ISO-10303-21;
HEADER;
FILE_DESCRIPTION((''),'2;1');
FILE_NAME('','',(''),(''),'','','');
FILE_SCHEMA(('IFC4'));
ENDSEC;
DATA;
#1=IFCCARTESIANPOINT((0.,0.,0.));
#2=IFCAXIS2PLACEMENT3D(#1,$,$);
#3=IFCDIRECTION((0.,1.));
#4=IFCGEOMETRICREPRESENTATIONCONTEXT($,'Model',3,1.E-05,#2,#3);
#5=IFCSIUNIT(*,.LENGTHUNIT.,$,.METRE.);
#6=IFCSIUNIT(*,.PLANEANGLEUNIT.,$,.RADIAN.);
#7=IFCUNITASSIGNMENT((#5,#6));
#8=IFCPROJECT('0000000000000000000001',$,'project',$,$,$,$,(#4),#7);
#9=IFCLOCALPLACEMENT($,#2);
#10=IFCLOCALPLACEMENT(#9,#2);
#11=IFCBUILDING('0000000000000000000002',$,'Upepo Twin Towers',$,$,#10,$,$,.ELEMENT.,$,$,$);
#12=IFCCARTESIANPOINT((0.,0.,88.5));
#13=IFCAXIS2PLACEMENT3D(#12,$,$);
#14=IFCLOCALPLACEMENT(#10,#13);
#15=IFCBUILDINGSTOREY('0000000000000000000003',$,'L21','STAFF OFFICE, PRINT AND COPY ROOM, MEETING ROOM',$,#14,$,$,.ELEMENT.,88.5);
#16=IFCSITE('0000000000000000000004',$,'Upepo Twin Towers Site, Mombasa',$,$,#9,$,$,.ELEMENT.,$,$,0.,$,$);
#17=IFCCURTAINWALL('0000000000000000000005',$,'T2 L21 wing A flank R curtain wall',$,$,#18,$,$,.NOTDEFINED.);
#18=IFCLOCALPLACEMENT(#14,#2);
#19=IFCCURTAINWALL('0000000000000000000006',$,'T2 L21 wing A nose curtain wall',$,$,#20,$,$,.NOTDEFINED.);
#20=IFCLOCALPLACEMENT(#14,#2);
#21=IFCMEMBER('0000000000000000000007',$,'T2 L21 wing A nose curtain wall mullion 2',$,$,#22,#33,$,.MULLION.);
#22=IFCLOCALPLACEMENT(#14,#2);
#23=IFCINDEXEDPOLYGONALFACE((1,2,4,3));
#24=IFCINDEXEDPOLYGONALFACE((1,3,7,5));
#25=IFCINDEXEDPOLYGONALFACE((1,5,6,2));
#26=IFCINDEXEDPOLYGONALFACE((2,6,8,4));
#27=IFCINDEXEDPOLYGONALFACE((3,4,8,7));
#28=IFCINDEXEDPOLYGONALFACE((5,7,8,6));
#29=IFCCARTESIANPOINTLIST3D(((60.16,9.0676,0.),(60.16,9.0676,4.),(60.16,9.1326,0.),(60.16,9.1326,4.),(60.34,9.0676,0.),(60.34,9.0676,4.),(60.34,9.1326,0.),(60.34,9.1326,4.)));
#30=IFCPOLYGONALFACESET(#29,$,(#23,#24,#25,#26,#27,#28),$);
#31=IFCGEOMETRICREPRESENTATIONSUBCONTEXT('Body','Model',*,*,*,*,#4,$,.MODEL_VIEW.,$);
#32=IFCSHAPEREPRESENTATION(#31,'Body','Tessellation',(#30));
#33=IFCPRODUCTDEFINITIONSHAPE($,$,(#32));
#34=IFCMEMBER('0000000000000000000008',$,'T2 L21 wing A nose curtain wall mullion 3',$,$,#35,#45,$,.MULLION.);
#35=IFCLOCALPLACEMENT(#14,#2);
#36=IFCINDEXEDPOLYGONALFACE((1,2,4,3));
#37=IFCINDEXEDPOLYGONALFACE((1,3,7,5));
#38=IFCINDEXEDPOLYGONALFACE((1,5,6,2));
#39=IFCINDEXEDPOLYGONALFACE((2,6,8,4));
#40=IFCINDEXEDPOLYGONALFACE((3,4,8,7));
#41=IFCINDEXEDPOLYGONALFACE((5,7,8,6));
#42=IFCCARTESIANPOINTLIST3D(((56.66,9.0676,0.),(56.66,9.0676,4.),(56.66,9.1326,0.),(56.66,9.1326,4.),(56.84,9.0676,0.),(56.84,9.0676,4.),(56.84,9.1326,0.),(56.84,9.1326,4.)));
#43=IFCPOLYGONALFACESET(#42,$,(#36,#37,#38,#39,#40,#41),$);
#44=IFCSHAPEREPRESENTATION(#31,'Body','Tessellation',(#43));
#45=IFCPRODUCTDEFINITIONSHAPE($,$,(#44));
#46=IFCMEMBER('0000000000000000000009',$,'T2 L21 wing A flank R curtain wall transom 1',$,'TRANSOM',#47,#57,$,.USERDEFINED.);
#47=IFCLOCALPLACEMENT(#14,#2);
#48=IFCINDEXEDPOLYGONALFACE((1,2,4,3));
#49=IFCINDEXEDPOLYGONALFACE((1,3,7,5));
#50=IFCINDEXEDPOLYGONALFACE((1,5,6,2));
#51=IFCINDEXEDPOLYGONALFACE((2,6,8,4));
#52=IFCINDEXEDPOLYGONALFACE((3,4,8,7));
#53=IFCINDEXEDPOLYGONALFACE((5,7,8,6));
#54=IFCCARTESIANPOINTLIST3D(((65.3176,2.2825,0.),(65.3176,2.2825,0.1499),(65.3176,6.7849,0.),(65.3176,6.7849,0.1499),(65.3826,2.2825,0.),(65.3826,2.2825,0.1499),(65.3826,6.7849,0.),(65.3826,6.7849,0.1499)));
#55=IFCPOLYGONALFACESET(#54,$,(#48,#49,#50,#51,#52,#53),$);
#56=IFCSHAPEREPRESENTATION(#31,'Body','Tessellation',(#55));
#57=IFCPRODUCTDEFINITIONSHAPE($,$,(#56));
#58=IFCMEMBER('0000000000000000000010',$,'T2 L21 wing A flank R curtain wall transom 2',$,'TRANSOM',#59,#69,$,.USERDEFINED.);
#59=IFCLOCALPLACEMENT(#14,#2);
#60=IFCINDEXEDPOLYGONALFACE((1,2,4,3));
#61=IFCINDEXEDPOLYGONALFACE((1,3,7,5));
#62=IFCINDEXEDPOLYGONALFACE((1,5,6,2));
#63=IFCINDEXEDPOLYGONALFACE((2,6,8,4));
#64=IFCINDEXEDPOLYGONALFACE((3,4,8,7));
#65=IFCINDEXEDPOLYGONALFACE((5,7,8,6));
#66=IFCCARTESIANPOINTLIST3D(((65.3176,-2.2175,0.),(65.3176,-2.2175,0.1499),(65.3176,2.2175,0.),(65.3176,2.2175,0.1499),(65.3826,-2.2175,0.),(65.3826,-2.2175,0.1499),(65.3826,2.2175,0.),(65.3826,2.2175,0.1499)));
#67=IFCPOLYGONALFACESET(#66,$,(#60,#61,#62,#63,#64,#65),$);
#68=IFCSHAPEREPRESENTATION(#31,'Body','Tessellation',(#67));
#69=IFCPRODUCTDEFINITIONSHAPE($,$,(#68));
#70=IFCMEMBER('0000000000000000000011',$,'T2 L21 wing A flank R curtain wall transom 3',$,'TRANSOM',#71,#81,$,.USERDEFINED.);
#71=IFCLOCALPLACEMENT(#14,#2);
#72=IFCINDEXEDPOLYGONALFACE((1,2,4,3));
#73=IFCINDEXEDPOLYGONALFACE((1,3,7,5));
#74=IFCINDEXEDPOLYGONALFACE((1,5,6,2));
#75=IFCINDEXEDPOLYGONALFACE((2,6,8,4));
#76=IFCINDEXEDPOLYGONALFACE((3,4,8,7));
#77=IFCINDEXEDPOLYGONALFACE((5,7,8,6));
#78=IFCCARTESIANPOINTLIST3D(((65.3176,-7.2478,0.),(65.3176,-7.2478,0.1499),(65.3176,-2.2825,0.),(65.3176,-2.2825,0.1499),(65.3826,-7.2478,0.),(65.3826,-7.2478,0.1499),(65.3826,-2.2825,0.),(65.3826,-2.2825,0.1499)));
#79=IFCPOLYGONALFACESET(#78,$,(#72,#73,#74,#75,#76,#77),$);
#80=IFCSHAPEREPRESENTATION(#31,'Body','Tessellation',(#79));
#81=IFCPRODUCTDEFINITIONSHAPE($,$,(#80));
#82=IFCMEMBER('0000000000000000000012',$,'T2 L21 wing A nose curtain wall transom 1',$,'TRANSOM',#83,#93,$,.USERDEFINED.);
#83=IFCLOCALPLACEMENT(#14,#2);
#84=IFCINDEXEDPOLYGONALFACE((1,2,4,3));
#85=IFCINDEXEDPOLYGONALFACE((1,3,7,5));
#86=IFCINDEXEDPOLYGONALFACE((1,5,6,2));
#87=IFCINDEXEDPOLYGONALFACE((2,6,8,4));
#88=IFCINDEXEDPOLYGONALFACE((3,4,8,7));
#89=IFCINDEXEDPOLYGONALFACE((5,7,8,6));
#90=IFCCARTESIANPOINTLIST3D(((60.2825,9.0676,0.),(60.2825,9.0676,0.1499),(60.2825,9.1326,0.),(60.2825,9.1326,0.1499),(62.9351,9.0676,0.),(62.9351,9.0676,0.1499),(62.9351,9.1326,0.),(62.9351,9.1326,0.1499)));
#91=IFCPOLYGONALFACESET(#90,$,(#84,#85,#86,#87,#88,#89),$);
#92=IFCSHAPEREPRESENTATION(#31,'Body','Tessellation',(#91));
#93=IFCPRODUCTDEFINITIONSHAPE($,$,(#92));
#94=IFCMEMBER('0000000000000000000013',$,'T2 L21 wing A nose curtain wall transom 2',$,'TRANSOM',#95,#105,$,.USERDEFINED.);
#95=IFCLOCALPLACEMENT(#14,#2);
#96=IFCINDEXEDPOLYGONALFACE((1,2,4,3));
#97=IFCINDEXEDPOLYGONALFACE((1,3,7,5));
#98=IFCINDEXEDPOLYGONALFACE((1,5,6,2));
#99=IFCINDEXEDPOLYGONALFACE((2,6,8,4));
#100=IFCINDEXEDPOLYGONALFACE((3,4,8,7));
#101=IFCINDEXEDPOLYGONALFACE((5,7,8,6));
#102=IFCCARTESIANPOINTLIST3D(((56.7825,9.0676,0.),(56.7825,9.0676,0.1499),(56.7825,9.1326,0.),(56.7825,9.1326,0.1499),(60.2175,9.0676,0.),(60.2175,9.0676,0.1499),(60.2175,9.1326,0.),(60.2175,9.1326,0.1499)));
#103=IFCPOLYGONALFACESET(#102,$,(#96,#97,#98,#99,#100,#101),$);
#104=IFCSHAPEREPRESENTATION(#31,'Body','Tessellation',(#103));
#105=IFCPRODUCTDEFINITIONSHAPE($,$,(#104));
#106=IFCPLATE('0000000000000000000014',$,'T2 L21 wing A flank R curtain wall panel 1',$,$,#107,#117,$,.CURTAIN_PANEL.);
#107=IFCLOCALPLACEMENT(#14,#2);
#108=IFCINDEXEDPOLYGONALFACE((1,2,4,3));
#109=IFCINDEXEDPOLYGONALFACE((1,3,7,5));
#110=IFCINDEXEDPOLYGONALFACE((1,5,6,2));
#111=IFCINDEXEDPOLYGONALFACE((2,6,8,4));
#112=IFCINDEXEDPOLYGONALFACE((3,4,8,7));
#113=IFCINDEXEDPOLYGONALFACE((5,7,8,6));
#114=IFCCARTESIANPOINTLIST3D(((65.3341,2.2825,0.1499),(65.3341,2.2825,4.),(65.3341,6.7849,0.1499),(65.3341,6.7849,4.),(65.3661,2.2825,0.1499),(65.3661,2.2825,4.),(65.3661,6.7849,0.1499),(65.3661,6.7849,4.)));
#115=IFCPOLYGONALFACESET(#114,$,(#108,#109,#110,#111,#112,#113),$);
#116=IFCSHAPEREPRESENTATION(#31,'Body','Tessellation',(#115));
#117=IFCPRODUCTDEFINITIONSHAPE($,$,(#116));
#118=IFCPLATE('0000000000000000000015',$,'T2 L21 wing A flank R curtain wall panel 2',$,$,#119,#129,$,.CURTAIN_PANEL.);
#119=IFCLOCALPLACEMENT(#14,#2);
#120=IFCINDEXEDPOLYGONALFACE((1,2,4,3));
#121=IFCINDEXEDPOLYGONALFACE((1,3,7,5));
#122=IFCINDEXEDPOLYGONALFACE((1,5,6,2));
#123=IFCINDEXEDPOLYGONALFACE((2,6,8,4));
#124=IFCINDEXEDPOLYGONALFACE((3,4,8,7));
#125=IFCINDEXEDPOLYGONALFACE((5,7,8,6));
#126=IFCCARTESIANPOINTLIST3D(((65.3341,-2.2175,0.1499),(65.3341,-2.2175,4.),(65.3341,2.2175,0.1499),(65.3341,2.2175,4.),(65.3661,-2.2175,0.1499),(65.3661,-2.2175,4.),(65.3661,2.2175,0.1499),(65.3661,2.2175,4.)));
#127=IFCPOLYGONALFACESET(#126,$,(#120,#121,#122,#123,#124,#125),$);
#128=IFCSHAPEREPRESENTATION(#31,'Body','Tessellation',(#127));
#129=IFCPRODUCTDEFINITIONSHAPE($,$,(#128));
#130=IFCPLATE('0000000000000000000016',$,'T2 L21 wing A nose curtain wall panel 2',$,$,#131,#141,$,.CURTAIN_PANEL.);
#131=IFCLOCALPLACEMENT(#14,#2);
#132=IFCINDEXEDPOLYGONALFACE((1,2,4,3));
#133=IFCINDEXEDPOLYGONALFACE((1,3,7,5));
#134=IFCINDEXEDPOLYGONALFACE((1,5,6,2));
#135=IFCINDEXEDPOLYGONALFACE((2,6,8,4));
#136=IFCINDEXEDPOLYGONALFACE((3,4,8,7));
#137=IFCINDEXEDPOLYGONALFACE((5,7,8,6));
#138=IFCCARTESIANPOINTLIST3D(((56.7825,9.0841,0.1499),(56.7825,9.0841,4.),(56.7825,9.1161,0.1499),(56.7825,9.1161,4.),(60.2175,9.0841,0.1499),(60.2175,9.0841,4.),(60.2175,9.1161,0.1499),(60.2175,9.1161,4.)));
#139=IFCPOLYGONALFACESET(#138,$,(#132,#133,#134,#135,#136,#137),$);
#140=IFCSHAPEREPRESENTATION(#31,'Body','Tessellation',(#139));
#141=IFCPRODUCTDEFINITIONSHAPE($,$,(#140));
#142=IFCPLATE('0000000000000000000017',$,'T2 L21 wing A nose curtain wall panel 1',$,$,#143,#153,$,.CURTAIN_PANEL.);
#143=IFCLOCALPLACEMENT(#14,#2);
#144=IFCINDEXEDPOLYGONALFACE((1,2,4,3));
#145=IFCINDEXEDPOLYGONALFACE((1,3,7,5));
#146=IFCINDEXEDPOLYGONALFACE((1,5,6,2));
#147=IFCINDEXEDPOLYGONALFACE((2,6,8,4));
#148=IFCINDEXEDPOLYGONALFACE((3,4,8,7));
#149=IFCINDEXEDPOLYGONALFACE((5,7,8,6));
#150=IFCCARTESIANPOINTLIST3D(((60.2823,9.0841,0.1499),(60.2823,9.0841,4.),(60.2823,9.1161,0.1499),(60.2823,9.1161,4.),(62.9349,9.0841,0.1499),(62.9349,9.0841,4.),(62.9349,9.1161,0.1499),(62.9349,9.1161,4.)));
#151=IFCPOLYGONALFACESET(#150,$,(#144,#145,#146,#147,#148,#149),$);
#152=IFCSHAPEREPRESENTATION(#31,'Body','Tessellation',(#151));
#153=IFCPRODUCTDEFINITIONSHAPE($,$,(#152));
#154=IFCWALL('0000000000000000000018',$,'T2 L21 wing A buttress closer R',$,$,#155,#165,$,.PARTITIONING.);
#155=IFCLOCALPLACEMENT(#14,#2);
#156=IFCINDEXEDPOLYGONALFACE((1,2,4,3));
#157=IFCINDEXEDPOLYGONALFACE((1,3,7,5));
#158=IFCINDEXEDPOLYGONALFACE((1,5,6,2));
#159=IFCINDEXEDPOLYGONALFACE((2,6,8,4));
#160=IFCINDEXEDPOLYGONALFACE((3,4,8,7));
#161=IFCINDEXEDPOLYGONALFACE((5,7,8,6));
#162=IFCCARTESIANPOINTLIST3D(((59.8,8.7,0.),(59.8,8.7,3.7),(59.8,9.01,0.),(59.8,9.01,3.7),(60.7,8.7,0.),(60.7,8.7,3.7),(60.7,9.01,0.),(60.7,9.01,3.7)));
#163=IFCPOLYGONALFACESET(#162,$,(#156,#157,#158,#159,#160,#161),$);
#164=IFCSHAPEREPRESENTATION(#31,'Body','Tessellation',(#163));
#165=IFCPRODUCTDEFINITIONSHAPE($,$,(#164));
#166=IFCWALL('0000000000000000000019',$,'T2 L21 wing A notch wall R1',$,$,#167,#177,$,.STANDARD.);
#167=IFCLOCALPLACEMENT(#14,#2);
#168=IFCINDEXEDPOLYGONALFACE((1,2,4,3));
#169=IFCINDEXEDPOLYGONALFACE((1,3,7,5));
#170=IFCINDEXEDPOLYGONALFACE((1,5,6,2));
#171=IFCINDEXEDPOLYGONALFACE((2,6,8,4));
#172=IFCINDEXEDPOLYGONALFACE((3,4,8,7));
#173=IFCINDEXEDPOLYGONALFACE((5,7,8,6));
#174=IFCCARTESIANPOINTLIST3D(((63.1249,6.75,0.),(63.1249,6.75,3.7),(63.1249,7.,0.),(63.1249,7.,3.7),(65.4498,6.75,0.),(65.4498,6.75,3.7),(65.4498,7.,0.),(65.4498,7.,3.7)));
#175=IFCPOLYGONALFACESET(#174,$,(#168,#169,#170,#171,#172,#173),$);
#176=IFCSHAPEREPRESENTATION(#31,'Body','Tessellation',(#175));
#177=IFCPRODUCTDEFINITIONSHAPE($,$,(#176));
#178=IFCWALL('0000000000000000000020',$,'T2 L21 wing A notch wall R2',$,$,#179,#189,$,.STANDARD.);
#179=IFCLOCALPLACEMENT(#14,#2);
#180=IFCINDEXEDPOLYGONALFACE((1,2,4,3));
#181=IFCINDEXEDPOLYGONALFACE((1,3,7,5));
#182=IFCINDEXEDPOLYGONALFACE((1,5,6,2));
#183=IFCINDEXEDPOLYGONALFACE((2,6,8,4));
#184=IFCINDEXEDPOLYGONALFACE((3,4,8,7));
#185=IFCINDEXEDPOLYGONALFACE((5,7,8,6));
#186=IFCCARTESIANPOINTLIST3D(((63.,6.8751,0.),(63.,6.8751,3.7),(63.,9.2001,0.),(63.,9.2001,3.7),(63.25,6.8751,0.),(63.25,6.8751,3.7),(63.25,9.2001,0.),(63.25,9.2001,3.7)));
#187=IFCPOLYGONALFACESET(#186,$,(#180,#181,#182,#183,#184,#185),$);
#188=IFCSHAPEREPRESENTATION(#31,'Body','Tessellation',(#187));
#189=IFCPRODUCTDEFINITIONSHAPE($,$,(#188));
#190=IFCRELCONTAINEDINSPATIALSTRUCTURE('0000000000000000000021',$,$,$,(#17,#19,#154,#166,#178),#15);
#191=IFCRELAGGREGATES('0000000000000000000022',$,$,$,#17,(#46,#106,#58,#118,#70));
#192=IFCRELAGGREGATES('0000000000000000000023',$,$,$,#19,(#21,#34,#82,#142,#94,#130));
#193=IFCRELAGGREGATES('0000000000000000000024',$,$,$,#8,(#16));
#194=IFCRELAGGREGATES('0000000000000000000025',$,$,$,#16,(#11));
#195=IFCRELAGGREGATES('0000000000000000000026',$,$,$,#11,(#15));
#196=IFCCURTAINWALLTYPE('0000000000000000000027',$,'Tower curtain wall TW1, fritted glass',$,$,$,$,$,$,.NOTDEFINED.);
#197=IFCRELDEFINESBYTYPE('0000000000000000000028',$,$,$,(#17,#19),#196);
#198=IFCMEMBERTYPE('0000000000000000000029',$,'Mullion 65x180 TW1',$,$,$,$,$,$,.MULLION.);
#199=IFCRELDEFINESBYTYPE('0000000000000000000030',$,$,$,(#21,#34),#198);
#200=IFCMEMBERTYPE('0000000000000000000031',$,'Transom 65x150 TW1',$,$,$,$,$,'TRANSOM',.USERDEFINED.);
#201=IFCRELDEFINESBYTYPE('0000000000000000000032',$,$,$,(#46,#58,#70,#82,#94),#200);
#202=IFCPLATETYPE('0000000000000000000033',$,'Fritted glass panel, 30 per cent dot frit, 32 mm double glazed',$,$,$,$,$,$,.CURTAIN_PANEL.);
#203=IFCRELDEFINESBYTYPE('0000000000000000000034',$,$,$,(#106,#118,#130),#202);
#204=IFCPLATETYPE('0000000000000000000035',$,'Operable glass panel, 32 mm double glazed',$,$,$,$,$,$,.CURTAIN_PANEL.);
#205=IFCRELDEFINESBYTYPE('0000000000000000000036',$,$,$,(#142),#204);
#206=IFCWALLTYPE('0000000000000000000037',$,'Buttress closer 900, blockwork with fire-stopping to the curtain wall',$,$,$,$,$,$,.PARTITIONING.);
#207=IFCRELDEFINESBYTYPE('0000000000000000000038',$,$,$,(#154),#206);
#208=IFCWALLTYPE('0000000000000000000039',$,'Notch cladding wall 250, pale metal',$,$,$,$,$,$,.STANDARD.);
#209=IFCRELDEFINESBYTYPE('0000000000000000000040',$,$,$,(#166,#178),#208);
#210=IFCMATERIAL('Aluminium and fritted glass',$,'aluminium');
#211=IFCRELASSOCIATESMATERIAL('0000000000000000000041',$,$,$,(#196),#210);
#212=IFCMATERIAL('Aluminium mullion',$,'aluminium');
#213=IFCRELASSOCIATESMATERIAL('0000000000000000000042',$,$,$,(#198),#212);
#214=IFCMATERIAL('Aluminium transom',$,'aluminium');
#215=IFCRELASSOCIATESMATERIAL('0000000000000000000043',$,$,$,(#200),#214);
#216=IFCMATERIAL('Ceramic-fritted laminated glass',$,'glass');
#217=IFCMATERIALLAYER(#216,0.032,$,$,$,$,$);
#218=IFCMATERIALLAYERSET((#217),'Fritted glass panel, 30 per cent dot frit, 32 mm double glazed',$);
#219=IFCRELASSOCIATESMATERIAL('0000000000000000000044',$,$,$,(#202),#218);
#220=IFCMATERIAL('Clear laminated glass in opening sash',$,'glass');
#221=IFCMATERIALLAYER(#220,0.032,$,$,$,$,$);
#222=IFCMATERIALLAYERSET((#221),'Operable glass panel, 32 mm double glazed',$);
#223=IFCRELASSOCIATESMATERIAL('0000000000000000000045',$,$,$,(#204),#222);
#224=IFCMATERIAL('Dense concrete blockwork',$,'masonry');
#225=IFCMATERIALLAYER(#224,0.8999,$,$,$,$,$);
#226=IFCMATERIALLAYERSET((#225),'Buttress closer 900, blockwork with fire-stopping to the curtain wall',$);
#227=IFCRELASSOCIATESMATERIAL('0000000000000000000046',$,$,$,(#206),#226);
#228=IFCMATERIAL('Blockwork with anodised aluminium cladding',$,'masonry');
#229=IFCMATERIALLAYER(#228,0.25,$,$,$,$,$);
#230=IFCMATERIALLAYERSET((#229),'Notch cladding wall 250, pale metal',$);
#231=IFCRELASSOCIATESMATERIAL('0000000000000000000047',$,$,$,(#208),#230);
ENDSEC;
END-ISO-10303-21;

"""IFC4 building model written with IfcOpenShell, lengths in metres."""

from ifc_helpers import new_model, si_unit, direction, frame, frame_2d, origin, origin_2d, place, context, subcontext, project, spatial, rectangle, extrude, material, layer, layer_set, material_profile, profile_set, type_object, element, aggregate, save


model = new_model("IFC4")

# Units and contexts
model_context = context("Model", 3, precision=1e-05, world=origin(), true_north=direction((0.0, 1.0)))
body_context = subcontext(model_context, "Body", "Model", "MODEL_VIEW")
ifc_project = project(units=[si_unit("LENGTHUNIT", "METRE"), si_unit("PLANEANGLEUNIT", "RADIAN")], contexts=[model_context])

# Site, building, storey
site_placement = place(None, origin())
site = spatial("IfcSite", under=ifc_project, at=site_placement, Name="Upepo Twin Towers Site, Mombasa", CompositionType="ELEMENT", RefElevation=0.0)
building_placement = place(site_placement, origin())
building = spatial("IfcBuilding", under=site, at=building_placement, Name="Upepo Twin Towers", CompositionType="ELEMENT")
storey_placement = place(building_placement, frame((0.0, 0.0, 88.5)))
storey = spatial("IfcBuildingStorey", under=building, at=storey_placement, Name="L21", Description="STAFF OFFICE, PRINT AND COPY ROOM, MEETING ROOM", CompositionType="ELEMENT", Elevation=88.5)

# Curtain walls, members
ifc_material_1 = material(Name="Aluminium and fritted glass", Category="aluminium")
curtain_wall_type = type_object("IfcCurtainWallType", Name="Tower curtain wall TW1, fritted glass", PredefinedType="NOTDEFINED", material=ifc_material_1)
curtain_wall_1_placement = place(storey_placement, origin())
curtain_wall_1 = element("IfcCurtainWall", 1, at=curtain_wall_1_placement, inside=storey, type_object=curtain_wall_type, Name="T2 L21 wing A flank R curtain wall", PredefinedType="NOTDEFINED")
ifc_material_2 = material(Name="Aluminium mullion", Category="aluminium")
ifc_material_profile_1 = material_profile(ifc_material_2, rectangle(XDim=0.0649, YDim=0.1799, at=origin_2d()), Name="MULLION 65x180")
ifc_profile_set_1 = profile_set([ifc_material_profile_1], Name="Aluminium mullion")
member_type_1 = type_object("IfcMemberType", Name="Mullion 65x180 TW1", PredefinedType="MULLION", material=ifc_profile_set_1)
curtain_wall_2_placement = place(storey_placement, origin())
curtain_wall_2 = element("IfcCurtainWall", 2, at=curtain_wall_2_placement, inside=storey, type_object=curtain_wall_type, Name="T2 L21 wing A nose curtain wall", PredefinedType="NOTDEFINED")
member_1_placement = place(storey_placement, frame((60.25, 9.1001, 0.0), z_axis=(0.0, 0.0, 1.0), x_axis=(0.0, -1.0, 0.0)))
member_1 = element("IfcMember", 3, at=member_1_placement, type_object=member_type_1, Name="T2 L21 wing A nose curtain wall mullion 2", PredefinedType="MULLION", context=body_context, shape_type="SweptSolid", body=[
    extrude(rectangle(XDim=0.0649, YDim=0.1799, at=origin_2d()), origin(), (0.0, 0.0, 1.0), 4.0),
])
member_2_placement = place(storey_placement, frame((56.75, 9.1001, 0.0), z_axis=(0.0, 0.0, 1.0), x_axis=(0.0, -1.0, 0.0)))
member_2 = element("IfcMember", 4, at=member_2_placement, type_object=member_type_1, Name="T2 L21 wing A nose curtain wall mullion 3", PredefinedType="MULLION", context=body_context, shape_type="SweptSolid", body=[
    extrude(rectangle(XDim=0.0649, YDim=0.1799, at=origin_2d()), origin(), (0.0, 0.0, 1.0), 4.0),
])

# Members
ifc_material_3 = material(Name="Aluminium transom", Category="aluminium")
ifc_material_profile_2 = material_profile(ifc_material_3, rectangle(XDim=0.0649, YDim=0.1499, at=origin_2d()), Name="TRANSOM 65x150")
ifc_profile_set_2 = profile_set([ifc_material_profile_2], Name="Aluminium transom")
member_type_2 = type_object("IfcMemberType", Name="Transom 65x150 TW1", ElementType="TRANSOM", PredefinedType="USERDEFINED", material=ifc_profile_set_2)
member_3_placement = place(storey_placement, frame((65.3501, 6.7849, 0.075), z_axis=(0.0, -1.0, 0.0), x_axis=(1.0, 0.0, 0.0)))
member_3 = element("IfcMember", 5, at=member_3_placement, type_object=member_type_2, Name="T2 L21 wing A flank R curtain wall transom 1", ObjectType="TRANSOM", PredefinedType="USERDEFINED", context=body_context, shape_type="SweptSolid", body=[
    extrude(rectangle(XDim=0.0649, YDim=0.1499, at=origin_2d()), origin(), (0.0, 0.0, 1.0), 4.5024),
])
member_4_placement = place(storey_placement, frame((65.3501, 2.2175, 0.075), z_axis=(0.0, -1.0, 0.0), x_axis=(1.0, 0.0, 0.0)))
member_4 = element("IfcMember", 6, at=member_4_placement, type_object=member_type_2, Name="T2 L21 wing A flank R curtain wall transom 2", ObjectType="TRANSOM", PredefinedType="USERDEFINED", context=body_context, shape_type="SweptSolid", body=[
    extrude(rectangle(XDim=0.0649, YDim=0.1499, at=origin_2d()), origin(), (0.0, 0.0, 1.0), 4.4351),
])
member_5_placement = place(storey_placement, frame((65.3501, -2.2825, 0.075), z_axis=(0.0, -1.0, 0.0), x_axis=(1.0, 0.0, 0.0)))
member_5 = element("IfcMember", 7, at=member_5_placement, type_object=member_type_2, Name="T2 L21 wing A flank R curtain wall transom 3", ObjectType="TRANSOM", PredefinedType="USERDEFINED", context=body_context, shape_type="SweptSolid", body=[
    extrude(rectangle(XDim=0.0649, YDim=0.1499, at=origin_2d()), origin(), (0.0, 0.0, 1.0), 4.9653),
])
member_6_placement = place(storey_placement, frame((62.9351, 9.1001, 0.075), z_axis=(-1.0, 0.0, 0.0), x_axis=(0.0, -1.0, 0.0)))
member_6 = element("IfcMember", 8, at=member_6_placement, type_object=member_type_2, Name="T2 L21 wing A nose curtain wall transom 1", ObjectType="TRANSOM", PredefinedType="USERDEFINED", context=body_context, shape_type="SweptSolid", body=[
    extrude(rectangle(XDim=0.0649, YDim=0.1499, at=origin_2d()), origin(), (0.0, 0.0, 1.0), 2.6526),
])
member_7_placement = place(storey_placement, frame((60.2175, 9.1001, 0.075), z_axis=(-1.0, 0.0, 0.0), x_axis=(0.0, -1.0, 0.0)))
member_7 = element("IfcMember", 9, at=member_7_placement, type_object=member_type_2, Name="T2 L21 wing A nose curtain wall transom 2", ObjectType="TRANSOM", PredefinedType="USERDEFINED", context=body_context, shape_type="SweptSolid", body=[
    extrude(rectangle(XDim=0.0649, YDim=0.1499, at=origin_2d()), origin(), (0.0, 0.0, 1.0), 3.4351),
])

# Plates
ifc_material_4 = material(Name="Ceramic-fritted laminated glass", Category="glass")
ifc_layer_1 = layer(ifc_material_4, 0.032)
ifc_layer_set_1 = layer_set([ifc_layer_1], Name="Fritted glass panel, 30 per cent dot frit, 32 mm double glazed")
plate_type_1 = type_object("IfcPlateType", Name="Fritted glass panel, 30 per cent dot frit, 32 mm double glazed", PredefinedType="CURTAIN_PANEL", material=ifc_layer_set_1)
plate_1_placement = place(storey_placement, frame((65.3501, 4.5337, 0.1499), z_axis=(0.0, 0.0, 1.0), x_axis=(0.0, -1.0, 0.0)))
plate_1 = element("IfcPlate", 10, at=plate_1_placement, type_object=plate_type_1, Name="T2 L21 wing A flank R curtain wall panel 1", PredefinedType="CURTAIN_PANEL", context=body_context, shape_type="SweptSolid", body=[
    extrude(rectangle(XDim=4.5024, YDim=0.032, at=origin_2d()), origin(), (0.0, 0.0, 1.0), 3.8501),
])
plate_2_placement = place(storey_placement, frame((65.3501, 0.0, 0.1499), z_axis=(0.0, 0.0, 1.0), x_axis=(0.0, -1.0, 0.0)))
plate_2 = element("IfcPlate", 11, at=plate_2_placement, type_object=plate_type_1, Name="T2 L21 wing A flank R curtain wall panel 2", PredefinedType="CURTAIN_PANEL", context=body_context, shape_type="SweptSolid", body=[
    extrude(rectangle(XDim=4.4351, YDim=0.032, at=origin_2d()), origin(), (0.0, 0.0, 1.0), 3.8501),
])
aggregate(curtain_wall_1, [member_3, plate_1, member_4, plate_2, member_5])
plate_3_placement = place(storey_placement, frame((58.5, 9.1001, 0.1499), z_axis=(0.0, 0.0, 1.0), x_axis=(-1.0, 0.0, 0.0)))
plate_3 = element("IfcPlate", 12, at=plate_3_placement, type_object=plate_type_1, Name="T2 L21 wing A nose curtain wall panel 2", PredefinedType="CURTAIN_PANEL", context=body_context, shape_type="SweptSolid", body=[
    extrude(rectangle(XDim=3.4351, YDim=0.032, at=origin_2d()), origin(), (0.0, 0.0, 1.0), 3.8501),
])
ifc_material_5 = material(Name="Clear laminated glass in opening sash", Category="glass")
ifc_layer_2 = layer(ifc_material_5, 0.032)
ifc_layer_set_2 = layer_set([ifc_layer_2], Name="Operable glass panel, 32 mm double glazed")
plate_type_2 = type_object("IfcPlateType", Name="Operable glass panel, 32 mm double glazed", PredefinedType="CURTAIN_PANEL", material=ifc_layer_set_2)
plate_4_placement = place(storey_placement, frame((61.6086, 9.1001, 0.1499), z_axis=(0.0, 0.0, 1.0), x_axis=(-1.0, 0.0, 0.0)))
plate_4 = element("IfcPlate", 13, at=plate_4_placement, type_object=plate_type_2, Name="T2 L21 wing A nose curtain wall panel 1", PredefinedType="CURTAIN_PANEL", context=body_context, shape_type="SweptSolid", body=[
    extrude(rectangle(XDim=2.6526, YDim=0.032, at=origin_2d()), origin(), (0.0, 0.0, 1.0), 3.8501),
])
aggregate(curtain_wall_2, [member_1, member_2, member_6, plate_4, member_7, plate_3])

# Walls
ifc_material_6 = material(Name="Dense concrete blockwork", Category="masonry")
ifc_layer_3 = layer(ifc_material_6, 0.8999)
ifc_layer_set_3 = layer_set([ifc_layer_3], Name="Buttress closer 900, blockwork with fire-stopping to the curtain wall")
wall_type_1 = type_object("IfcWallType", Name="Buttress closer 900, blockwork with fire-stopping to the curtain wall", PredefinedType="PARTITIONING", material=ifc_layer_set_3)
wall_1_placement = place(storey_placement, frame((60.25, 8.7, 0.0), z_axis=(0.0, 0.0, 1.0), x_axis=(0.0, 1.0, 0.0)))
element("IfcWall", 14, at=wall_1_placement, inside=storey, type_object=wall_type_1, Name="T2 L21 wing A buttress closer R", PredefinedType="PARTITIONING", context=body_context, shape_type="SweptSolid", body=[
    extrude(rectangle(XDim=0.3101, YDim=0.8999, at=frame_2d((0.155, 0.0))), origin(), (0.0, 0.0, 1.0), 3.7),
])
ifc_material_7 = material(Name="Blockwork with anodised aluminium cladding", Category="masonry")
ifc_layer_4 = layer(ifc_material_7, 0.25)
ifc_layer_set_4 = layer_set([ifc_layer_4], Name="Notch cladding wall 250, pale metal")
wall_type_2 = type_object("IfcWallType", Name="Notch cladding wall 250, pale metal", PredefinedType="STANDARD", material=ifc_layer_set_4)
for number, where, z_axis, x_axis, name in (
    (15, (65.45, 6.875, 0.0), (0.0, 0.0, 1.0), (-1.0, 0.0, 0.0), "T2 L21 wing A notch wall R1"),
    (16, (63.125, 6.875, 0.0), (0.0, 0.0, 1.0), (0.0, 1.0, 0.0), "T2 L21 wing A notch wall R2"),
):
    element("IfcWall", number, at=place(storey_placement, frame(where, z_axis=z_axis, x_axis=x_axis)), inside=storey, type_object=wall_type_2, Name=name, PredefinedType="STANDARD", context=body_context, shape_type="SweptSolid", body=[
        extrude(rectangle(XDim=2.325, YDim=0.25, at=frame_2d((1.1626, 0.0))), origin(), (0.0, 0.0, 1.0), 3.7),
    ])

save(model, "model.ifc")
